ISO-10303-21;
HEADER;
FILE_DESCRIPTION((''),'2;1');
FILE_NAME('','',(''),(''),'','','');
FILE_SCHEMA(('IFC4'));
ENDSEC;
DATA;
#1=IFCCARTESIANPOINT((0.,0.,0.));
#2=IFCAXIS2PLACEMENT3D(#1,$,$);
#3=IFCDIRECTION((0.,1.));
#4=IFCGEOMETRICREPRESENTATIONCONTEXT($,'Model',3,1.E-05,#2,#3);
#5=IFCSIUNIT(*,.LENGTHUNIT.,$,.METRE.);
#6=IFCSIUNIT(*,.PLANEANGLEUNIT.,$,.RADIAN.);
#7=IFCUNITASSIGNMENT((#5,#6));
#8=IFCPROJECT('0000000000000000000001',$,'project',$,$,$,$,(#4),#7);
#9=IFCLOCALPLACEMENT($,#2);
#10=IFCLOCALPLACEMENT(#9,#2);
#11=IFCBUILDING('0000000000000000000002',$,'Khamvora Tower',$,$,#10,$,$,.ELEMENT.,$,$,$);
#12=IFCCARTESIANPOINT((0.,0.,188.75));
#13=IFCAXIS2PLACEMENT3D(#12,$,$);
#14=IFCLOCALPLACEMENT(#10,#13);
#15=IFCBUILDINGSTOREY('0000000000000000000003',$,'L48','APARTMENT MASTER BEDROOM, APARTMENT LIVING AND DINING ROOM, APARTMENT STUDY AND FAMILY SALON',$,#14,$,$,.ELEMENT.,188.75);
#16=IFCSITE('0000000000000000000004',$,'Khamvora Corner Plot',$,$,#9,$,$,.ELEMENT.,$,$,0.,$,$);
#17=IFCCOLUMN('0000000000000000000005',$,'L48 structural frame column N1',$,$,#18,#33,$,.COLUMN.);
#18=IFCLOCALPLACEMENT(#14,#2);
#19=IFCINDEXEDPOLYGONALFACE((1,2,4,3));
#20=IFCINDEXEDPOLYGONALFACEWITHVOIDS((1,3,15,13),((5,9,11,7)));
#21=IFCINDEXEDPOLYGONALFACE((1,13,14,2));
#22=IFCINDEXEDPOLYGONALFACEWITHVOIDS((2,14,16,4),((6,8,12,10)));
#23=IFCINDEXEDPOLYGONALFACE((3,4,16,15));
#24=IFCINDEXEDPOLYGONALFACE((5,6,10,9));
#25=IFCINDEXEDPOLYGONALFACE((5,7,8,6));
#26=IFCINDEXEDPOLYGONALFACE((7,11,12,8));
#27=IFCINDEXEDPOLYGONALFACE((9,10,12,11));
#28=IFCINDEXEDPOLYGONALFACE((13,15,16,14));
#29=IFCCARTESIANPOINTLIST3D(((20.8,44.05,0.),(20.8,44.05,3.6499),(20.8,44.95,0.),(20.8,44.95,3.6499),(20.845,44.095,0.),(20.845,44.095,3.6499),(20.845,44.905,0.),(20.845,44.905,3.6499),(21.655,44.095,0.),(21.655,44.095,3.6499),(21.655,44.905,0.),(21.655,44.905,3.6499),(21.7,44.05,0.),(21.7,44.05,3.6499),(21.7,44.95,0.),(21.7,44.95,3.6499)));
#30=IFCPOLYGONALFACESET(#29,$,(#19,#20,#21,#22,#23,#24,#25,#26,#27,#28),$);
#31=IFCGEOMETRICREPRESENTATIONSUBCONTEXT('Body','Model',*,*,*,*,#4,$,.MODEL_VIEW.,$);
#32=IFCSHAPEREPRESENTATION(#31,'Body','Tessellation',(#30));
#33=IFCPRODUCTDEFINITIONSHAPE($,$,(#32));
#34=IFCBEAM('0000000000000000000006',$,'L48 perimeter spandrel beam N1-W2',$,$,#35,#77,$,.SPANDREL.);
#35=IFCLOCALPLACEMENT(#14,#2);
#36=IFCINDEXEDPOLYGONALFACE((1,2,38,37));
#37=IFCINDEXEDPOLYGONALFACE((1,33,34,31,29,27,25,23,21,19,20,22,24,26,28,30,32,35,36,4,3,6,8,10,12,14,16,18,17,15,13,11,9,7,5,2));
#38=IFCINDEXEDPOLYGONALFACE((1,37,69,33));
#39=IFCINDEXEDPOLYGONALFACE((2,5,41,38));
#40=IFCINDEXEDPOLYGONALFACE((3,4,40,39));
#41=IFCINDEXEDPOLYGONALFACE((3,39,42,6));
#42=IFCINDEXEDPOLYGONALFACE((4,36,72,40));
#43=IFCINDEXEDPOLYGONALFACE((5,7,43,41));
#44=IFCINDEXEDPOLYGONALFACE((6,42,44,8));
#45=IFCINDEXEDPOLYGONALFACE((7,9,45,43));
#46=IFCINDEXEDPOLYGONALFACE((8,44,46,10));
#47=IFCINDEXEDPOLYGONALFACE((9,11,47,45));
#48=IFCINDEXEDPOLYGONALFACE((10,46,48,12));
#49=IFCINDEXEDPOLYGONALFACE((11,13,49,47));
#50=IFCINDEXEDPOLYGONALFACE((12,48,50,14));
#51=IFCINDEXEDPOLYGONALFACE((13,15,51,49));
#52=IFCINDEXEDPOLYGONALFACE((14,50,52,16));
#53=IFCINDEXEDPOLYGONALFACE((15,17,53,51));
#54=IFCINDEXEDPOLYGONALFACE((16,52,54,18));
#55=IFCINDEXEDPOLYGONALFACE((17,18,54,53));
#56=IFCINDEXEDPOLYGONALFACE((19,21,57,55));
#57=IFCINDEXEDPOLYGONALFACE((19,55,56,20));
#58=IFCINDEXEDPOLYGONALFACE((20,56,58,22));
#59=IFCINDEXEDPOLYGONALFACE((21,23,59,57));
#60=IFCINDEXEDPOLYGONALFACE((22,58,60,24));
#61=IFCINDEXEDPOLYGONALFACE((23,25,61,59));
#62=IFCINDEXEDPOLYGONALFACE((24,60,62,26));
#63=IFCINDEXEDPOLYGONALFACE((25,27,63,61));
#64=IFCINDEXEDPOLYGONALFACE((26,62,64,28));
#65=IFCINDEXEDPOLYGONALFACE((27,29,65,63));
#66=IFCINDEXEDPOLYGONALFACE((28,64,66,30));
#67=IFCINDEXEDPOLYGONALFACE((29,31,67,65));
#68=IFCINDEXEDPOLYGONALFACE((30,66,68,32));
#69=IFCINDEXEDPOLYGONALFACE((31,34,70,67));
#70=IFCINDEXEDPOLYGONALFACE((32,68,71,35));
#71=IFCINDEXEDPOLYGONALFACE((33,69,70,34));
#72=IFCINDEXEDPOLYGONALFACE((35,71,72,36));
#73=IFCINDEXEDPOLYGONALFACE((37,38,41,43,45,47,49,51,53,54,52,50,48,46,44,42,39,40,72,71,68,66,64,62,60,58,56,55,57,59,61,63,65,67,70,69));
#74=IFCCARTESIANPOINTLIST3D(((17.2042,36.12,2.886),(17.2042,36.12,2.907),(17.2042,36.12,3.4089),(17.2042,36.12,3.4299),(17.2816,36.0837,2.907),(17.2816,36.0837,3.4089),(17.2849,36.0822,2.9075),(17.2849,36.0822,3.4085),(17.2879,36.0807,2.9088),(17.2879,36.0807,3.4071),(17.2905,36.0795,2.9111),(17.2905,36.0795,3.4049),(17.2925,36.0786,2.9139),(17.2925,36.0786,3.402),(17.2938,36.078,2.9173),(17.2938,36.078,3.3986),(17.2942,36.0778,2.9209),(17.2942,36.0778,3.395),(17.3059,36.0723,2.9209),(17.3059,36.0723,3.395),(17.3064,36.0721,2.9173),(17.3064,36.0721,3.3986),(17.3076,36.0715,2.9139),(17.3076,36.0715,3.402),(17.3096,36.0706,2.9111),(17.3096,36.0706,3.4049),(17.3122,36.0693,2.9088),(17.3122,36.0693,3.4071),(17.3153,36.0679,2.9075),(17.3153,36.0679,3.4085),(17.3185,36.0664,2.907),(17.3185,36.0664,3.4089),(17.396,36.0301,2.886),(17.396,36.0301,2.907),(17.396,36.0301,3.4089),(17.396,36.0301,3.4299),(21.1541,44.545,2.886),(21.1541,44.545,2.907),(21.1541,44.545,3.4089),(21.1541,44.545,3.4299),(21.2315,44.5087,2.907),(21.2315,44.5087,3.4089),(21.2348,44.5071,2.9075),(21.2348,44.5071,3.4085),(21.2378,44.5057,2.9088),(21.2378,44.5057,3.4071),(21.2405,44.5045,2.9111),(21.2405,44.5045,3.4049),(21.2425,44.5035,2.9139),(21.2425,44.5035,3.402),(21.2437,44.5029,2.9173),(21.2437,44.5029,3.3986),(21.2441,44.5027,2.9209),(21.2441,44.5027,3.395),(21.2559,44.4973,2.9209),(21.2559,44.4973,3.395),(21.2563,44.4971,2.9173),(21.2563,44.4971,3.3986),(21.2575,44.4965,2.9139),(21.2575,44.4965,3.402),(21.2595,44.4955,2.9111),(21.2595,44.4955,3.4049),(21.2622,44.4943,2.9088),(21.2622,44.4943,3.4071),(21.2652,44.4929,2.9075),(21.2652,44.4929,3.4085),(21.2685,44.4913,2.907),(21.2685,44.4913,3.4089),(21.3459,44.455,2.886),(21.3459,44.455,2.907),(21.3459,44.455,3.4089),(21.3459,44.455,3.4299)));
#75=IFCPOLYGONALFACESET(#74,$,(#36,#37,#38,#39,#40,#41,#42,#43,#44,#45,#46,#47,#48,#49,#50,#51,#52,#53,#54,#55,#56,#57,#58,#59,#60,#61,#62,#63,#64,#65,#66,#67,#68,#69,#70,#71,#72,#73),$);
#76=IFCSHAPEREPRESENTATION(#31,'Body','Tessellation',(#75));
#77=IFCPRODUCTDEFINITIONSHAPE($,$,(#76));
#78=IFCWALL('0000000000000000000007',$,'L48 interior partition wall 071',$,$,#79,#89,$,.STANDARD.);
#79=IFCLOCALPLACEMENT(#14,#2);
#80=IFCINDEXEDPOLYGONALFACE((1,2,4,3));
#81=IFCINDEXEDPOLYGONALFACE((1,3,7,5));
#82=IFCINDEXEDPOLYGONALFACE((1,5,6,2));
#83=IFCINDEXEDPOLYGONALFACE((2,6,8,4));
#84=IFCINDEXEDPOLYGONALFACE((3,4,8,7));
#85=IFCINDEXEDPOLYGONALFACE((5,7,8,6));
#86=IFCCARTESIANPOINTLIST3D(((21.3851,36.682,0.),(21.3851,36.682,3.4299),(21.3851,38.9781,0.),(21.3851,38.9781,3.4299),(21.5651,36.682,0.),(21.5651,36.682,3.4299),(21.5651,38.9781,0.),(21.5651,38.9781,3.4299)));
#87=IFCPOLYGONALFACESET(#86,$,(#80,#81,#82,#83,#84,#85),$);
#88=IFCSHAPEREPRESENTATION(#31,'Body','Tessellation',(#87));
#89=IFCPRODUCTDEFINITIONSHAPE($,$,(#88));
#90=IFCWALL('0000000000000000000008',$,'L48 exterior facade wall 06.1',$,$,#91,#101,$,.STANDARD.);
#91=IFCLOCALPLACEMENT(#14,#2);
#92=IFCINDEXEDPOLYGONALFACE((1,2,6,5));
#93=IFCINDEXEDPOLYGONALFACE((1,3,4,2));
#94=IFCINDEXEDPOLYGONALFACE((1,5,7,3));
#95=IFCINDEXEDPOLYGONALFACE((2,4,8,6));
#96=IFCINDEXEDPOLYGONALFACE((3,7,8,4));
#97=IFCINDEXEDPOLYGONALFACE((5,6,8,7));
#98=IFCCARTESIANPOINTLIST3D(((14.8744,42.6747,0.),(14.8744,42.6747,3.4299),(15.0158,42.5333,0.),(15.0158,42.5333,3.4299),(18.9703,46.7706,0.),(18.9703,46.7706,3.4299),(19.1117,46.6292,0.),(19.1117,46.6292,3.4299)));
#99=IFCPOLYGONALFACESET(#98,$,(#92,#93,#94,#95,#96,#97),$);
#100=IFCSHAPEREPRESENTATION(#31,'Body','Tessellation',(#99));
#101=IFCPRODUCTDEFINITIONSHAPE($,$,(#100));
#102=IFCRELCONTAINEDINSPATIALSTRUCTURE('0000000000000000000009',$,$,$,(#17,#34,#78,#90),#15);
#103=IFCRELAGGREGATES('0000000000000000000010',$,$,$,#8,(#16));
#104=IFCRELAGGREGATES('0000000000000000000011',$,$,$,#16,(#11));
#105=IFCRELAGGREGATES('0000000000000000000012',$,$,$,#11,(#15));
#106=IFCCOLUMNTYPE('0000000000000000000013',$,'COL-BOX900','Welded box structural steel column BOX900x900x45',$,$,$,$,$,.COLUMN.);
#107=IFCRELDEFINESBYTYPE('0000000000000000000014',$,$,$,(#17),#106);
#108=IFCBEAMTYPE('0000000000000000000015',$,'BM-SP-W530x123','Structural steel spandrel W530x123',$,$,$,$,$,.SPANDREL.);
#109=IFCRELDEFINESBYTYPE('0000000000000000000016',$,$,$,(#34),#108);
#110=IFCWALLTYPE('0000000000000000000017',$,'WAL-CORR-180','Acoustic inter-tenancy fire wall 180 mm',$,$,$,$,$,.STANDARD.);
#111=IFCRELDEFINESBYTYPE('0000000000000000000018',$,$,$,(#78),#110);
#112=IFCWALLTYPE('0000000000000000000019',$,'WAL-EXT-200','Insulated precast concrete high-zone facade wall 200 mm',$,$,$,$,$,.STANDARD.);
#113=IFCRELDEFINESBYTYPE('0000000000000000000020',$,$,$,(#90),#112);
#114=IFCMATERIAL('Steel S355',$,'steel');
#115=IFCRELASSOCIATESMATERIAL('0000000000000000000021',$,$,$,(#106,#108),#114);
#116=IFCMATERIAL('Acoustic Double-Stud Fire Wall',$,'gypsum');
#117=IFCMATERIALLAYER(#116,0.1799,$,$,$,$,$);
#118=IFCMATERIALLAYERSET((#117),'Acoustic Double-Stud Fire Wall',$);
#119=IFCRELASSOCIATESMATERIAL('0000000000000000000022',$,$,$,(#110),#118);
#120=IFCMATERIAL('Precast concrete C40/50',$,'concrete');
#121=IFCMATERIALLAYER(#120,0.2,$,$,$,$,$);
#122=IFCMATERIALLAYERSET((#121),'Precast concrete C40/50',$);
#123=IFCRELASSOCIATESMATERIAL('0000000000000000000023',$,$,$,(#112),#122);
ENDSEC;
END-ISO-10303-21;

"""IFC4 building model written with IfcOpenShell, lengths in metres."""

from ifc_helpers import new_model, si_unit, direction, frame, frame_2d, origin, origin_2d, place, context, subcontext, project, spatial, rectangle, hollow_rectangle, i_section, extrude, material, layer, layer_set, material_profile, profile_set, type_object, element, save


model = new_model("IFC4")

# Units and contexts
model_context = context("Model", 3, precision=1e-05, world=origin(), true_north=direction((0.0, 1.0)))
body_context = subcontext(model_context, "Body", "Model", "MODEL_VIEW")
ifc_project = project(units=[si_unit("LENGTHUNIT", "METRE"), si_unit("PLANEANGLEUNIT", "RADIAN")], contexts=[model_context])

# Site, building, storey
site_placement = place(None, origin())
site = spatial("IfcSite", under=ifc_project, at=site_placement, Name="Khamvora Corner Plot", CompositionType="ELEMENT", RefElevation=0.0)
building_placement = place(site_placement, origin())
building = spatial("IfcBuilding", under=site, at=building_placement, Name="Khamvora Tower", CompositionType="ELEMENT")
storey_placement = place(building_placement, frame((0.0, 0.0, 188.75)))
storey = spatial("IfcBuildingStorey", under=building, at=storey_placement, Name="L48", Description="APARTMENT MASTER BEDROOM, APARTMENT LIVING AND DINING ROOM, APARTMENT STUDY AND FAMILY SALON", CompositionType="ELEMENT", Elevation=188.75)

# Column
ifc_material_1 = material(Name="Steel S355", Category="steel")
ifc_material_profile_1 = material_profile(ifc_material_1, hollow_rectangle(XDim=0.8999, YDim=0.8999, WallThickness=0.0449, at=origin_2d()), Name="BOX900x900x45")
ifc_profile_set_1 = profile_set([ifc_material_profile_1], Name="Steel S355")
column_type = type_object("IfcColumnType", Name="COL-BOX900", Description="Welded box structural steel column BOX900x900x45", PredefinedType="COLUMN", material=ifc_profile_set_1)
column_placement = place(storey_placement, frame((21.25, 44.5, 0.0), z_axis=(0.0, 0.0, 1.0), x_axis=(1.0, 0.0, 0.0)))
element("IfcColumn", 1, at=column_placement, inside=storey, type_object=column_type, Name="L48 structural frame column N1", PredefinedType="COLUMN", context=body_context, shape_type="SweptSolid", body=[
    extrude(hollow_rectangle(XDim=0.8999, YDim=0.8999, WallThickness=0.0449, at=origin_2d()), origin(), (0.0, 0.0, 1.0), 3.6499),
])

# Beam
ifc_material_profile_2 = material_profile(ifc_material_1, i_section(OverallWidth=0.2119, OverallDepth=0.5439, WebThickness=0.0129, FlangeThickness=0.021, FilletRadius=0.0139, at=origin_2d()), Name="W530x123")
ifc_profile_set_2 = profile_set([ifc_material_profile_2], Name="Steel S355")
beam_type = type_object("IfcBeamType", Name="BM-SP-W530x123", Description="Structural steel spandrel W530x123", PredefinedType="SPANDREL", material=ifc_profile_set_2)
beam_placement = place(storey_placement, frame((21.25, 44.5, 3.158), z_axis=(-0.424496, -0.90543, 0.0), x_axis=(0.90543, -0.424496, 0.0)))
element("IfcBeam", 2, at=beam_placement, inside=storey, type_object=beam_type, Name="L48 perimeter spandrel beam N1-W2", PredefinedType="SPANDREL", context=body_context, shape_type="SweptSolid", body=[
    extrude(i_section(OverallWidth=0.2119, OverallDepth=0.5439, WebThickness=0.0129, FlangeThickness=0.021, FilletRadius=0.0139, at=origin_2d()), origin(), (0.0, 0.0, 1.0), 9.3049),
])

# Walls
ifc_material_2 = material(Name="Acoustic Double-Stud Fire Wall", Category="gypsum")
ifc_layer_1 = layer(ifc_material_2, 0.1799)
ifc_layer_set_1 = layer_set([ifc_layer_1], Name="Acoustic Double-Stud Fire Wall")
wall_type_1 = type_object("IfcWallType", Name="WAL-CORR-180", Description="Acoustic inter-tenancy fire wall 180 mm", PredefinedType="STANDARD", material=ifc_layer_set_1)
wall_1_placement = place(storey_placement, frame((21.4751, 38.978, 0.0), z_axis=(0.0, 0.0, 1.0), x_axis=(0.0, -1.0, 0.0)))
element("IfcWall", 3, at=wall_1_placement, inside=storey, type_object=wall_type_1, Name="L48 interior partition wall 071", PredefinedType="STANDARD", context=body_context, shape_type="SweptSolid", body=[
    extrude(rectangle(XDim=2.2961, YDim=0.1799, at=frame_2d((1.1479, 0.0))), origin(), (0.0, 0.0, 1.0), 3.4299),
])
ifc_material_3 = material(Name="Precast concrete C40/50", Category="concrete")
ifc_layer_2 = layer(ifc_material_3, 0.2)
ifc_layer_set_2 = layer_set([ifc_layer_2], Name="Precast concrete C40/50")
wall_type_2 = type_object("IfcWallType", Name="WAL-EXT-200", Description="Insulated precast concrete high-zone facade wall 200 mm", PredefinedType="STANDARD", material=ifc_layer_set_2)
wall_2_placement = place(storey_placement, frame((14.9451, 42.604, 0.0), z_axis=(0.0, 0.0, 1.0), x_axis=(0.707107, 0.707107, 0.0)))
element("IfcWall", 4, at=wall_2_placement, inside=storey, type_object=wall_type_2, Name="L48 exterior facade wall 06.1", PredefinedType="STANDARD", context=body_context, shape_type="SweptSolid", body=[
    extrude(rectangle(XDim=5.7925, YDim=0.2, at=frame_2d((2.8962, 0.0))), origin(), (0.0, 0.0, 1.0), 3.4299),
])

save(model, "model.ifc")
